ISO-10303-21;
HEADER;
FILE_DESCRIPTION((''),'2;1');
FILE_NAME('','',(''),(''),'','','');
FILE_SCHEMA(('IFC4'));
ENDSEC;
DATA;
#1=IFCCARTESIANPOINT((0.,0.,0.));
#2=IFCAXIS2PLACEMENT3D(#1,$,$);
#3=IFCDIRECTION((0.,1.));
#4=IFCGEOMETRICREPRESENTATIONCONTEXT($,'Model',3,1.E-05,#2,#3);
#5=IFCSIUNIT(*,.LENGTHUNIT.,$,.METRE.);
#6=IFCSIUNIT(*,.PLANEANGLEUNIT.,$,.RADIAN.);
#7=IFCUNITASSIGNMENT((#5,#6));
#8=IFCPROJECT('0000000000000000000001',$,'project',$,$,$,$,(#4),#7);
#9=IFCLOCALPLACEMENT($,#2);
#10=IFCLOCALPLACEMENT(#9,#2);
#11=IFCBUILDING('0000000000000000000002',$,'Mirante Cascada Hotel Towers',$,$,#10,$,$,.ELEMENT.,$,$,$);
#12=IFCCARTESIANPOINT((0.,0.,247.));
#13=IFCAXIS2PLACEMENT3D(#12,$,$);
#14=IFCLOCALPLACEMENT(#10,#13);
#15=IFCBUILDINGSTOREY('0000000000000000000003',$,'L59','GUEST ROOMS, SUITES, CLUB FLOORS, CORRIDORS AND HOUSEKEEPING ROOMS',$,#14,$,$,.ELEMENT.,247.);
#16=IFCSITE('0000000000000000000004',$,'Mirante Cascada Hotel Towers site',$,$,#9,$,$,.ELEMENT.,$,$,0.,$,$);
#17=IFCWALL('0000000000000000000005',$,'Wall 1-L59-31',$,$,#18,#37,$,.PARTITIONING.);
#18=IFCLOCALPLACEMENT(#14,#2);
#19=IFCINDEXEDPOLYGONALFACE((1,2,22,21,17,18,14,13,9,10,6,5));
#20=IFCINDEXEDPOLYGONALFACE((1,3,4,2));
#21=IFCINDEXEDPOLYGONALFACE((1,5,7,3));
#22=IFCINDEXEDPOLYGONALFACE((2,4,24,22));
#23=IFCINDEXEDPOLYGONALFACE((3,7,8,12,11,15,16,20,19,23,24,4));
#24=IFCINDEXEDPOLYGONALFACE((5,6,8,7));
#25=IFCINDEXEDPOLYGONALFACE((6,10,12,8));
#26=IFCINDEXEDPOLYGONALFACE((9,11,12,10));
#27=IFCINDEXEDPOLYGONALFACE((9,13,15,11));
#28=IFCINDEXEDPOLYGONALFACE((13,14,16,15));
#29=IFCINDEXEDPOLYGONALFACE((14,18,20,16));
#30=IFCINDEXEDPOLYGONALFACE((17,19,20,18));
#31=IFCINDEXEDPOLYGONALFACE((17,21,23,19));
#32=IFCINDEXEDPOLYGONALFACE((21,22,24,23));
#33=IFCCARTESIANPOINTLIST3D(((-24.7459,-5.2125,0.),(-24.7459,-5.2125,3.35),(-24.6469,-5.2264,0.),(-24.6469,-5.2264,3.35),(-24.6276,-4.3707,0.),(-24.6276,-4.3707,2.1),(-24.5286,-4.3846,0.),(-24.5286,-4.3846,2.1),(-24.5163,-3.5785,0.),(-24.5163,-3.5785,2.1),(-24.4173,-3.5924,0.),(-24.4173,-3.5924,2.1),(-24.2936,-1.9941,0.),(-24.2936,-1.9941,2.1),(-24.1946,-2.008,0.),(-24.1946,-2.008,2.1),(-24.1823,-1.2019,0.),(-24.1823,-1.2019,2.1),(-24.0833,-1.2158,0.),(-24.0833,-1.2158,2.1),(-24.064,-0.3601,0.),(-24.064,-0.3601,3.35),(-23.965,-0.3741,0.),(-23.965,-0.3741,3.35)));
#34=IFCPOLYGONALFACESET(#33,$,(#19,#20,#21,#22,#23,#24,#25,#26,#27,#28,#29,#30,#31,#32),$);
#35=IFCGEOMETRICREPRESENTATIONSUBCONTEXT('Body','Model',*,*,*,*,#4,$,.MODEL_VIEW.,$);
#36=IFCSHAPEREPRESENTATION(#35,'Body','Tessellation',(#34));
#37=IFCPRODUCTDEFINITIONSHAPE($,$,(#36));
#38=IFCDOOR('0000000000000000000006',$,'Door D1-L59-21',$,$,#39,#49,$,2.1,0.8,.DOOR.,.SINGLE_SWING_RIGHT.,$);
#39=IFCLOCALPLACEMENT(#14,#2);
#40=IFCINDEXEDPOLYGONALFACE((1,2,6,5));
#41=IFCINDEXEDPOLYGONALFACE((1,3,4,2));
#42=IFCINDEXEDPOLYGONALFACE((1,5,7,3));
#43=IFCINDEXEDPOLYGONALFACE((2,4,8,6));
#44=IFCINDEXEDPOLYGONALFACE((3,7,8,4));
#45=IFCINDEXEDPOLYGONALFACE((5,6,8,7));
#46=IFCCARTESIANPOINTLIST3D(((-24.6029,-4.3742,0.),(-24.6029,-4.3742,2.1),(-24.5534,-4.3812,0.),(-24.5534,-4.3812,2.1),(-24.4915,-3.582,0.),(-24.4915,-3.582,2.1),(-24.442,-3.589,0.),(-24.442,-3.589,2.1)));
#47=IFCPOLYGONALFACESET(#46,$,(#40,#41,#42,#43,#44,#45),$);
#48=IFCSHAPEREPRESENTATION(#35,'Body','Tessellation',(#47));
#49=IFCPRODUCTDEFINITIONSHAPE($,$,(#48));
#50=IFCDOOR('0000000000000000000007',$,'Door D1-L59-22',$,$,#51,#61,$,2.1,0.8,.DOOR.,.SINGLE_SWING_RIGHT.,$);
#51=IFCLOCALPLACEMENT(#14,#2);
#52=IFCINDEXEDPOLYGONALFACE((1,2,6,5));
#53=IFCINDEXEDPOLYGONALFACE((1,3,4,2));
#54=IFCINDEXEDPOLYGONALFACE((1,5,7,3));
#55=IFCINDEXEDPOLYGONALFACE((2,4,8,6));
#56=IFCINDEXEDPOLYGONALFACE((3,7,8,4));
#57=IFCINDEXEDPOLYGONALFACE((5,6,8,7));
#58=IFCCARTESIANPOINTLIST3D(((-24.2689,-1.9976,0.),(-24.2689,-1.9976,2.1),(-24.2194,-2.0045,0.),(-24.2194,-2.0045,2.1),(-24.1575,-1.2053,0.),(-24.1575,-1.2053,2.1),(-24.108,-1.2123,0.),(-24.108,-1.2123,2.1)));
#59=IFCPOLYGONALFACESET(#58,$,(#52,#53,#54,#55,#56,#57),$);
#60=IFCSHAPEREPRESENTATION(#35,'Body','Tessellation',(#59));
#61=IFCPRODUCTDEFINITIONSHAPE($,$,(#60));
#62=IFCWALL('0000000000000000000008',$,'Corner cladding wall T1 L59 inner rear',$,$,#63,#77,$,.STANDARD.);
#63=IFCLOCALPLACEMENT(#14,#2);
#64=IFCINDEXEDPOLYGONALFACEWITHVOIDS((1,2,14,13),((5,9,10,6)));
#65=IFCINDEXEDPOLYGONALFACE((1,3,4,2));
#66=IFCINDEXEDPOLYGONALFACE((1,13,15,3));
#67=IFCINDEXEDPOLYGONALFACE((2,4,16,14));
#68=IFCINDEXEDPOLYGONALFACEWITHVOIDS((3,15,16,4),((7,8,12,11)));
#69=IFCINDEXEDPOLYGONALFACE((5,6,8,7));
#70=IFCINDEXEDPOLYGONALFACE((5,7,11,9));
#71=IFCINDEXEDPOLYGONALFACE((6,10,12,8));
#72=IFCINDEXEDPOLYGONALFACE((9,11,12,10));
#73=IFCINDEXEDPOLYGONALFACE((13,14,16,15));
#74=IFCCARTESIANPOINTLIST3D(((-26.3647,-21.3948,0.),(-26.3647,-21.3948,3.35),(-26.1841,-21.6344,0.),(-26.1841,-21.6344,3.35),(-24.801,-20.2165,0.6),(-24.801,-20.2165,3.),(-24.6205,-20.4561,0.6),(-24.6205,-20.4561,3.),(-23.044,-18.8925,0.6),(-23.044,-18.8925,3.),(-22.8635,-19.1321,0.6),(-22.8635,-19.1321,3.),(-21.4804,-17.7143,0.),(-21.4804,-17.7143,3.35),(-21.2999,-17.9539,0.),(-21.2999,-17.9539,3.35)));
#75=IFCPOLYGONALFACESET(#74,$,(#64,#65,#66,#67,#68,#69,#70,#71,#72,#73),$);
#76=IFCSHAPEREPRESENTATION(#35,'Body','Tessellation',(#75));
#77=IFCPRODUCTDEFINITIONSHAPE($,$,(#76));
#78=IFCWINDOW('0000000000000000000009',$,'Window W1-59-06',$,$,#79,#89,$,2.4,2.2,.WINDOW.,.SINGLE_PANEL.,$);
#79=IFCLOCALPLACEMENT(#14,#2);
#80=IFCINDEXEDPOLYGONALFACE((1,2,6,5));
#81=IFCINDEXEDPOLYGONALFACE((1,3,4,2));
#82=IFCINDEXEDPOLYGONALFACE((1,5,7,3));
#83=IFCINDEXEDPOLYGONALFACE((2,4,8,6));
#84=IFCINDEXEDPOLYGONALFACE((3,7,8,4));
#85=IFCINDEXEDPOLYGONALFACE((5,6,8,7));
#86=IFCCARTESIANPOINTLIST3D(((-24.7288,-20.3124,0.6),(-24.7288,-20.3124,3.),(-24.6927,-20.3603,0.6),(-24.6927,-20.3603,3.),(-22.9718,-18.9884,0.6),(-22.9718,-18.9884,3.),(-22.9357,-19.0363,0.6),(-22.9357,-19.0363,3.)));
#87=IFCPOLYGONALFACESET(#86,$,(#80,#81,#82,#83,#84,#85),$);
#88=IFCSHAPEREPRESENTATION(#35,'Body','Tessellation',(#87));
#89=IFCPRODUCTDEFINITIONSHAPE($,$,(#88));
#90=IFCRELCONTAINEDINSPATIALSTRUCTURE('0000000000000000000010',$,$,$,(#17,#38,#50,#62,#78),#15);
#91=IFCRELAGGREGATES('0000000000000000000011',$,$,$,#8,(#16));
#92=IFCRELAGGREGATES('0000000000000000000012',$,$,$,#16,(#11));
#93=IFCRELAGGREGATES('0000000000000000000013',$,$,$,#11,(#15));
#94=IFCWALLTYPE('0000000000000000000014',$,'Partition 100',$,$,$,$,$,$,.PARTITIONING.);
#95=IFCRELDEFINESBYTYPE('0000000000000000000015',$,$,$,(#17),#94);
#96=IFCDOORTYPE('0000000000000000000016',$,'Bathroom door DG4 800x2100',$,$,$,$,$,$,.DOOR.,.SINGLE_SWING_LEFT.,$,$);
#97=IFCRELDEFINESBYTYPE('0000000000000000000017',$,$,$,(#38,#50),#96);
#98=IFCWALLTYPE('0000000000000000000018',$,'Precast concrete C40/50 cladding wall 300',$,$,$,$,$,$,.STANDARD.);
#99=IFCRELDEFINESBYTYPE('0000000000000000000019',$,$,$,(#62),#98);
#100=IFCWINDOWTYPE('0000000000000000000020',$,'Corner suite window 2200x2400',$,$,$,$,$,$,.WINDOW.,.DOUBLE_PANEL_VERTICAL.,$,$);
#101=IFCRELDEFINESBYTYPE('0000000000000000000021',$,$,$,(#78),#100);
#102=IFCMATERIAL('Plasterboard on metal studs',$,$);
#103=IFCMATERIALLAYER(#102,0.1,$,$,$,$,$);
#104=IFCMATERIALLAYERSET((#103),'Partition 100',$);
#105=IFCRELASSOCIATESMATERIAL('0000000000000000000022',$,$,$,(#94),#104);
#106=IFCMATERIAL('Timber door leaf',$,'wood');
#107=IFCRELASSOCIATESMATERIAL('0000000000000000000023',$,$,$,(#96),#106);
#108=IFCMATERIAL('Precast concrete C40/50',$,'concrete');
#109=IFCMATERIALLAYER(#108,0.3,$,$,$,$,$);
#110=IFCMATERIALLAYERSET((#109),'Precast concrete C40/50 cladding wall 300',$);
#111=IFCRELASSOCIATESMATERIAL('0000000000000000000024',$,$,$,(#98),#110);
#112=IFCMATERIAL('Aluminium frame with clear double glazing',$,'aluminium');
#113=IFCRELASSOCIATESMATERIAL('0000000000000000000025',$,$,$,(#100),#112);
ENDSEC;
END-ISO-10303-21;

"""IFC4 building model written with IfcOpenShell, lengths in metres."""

from ifc_helpers import new_model, si_unit, direction, frame, frame_2d, origin, place, context, subcontext, project, spatial, rectangle, extrude, material, layer, layer_set, type_object, element, fill, save


model = new_model("IFC4")

# Units and contexts
model_context = context("Model", 3, precision=1e-05, world=origin(), true_north=direction((0.0, 1.0)))
body_context = subcontext(model_context, "Body", "Model", "MODEL_VIEW")
ifc_project = project(units=[si_unit("LENGTHUNIT", "METRE"), si_unit("PLANEANGLEUNIT", "RADIAN")], contexts=[model_context])

# Site, building, storey
site_placement = place(None, origin())
site = spatial("IfcSite", under=ifc_project, at=site_placement, Name="Mirante Cascada Hotel Towers site", CompositionType="ELEMENT", RefElevation=0.0)
building_placement = place(site_placement, origin())
building = spatial("IfcBuilding", under=site, at=building_placement, Name="Mirante Cascada Hotel Towers", CompositionType="ELEMENT")
storey_placement = place(building_placement, frame((0.0, 0.0, 247.0)))
storey = spatial("IfcBuildingStorey", under=building, at=storey_placement, Name="L59", Description="GUEST ROOMS, SUITES, CLUB FLOORS, CORRIDORS AND HOUSEKEEPING ROOMS", CompositionType="ELEMENT", Elevation=247.0)

# Shared definitions
ifc_material_1 = material(Name="Plasterboard on metal studs")
ifc_layer_1 = layer(ifc_material_1, 0.1)
ifc_layer_set_1 = layer_set([ifc_layer_1], Name="Partition 100")
wall_type_1 = type_object("IfcWallType", Name="Partition 100", PredefinedType="PARTITIONING", material=ifc_layer_set_1)

# Shared definitions
ifc_material_2 = material(Name="Timber door leaf", Category="wood")
door_type_1 = type_object("IfcDoorType", Name="Bathroom door DG4 800x2100", OperationType="SINGLE_SWING_LEFT", PredefinedType="DOOR", material=ifc_material_2)

# Wall, openings, doors
wall_1_placement = place(storey_placement, frame((-24.0145, -0.3671, 0.0), z_axis=(0.0, 0.0, 1.0), x_axis=(-0.139164, -0.990269, 0.0)))
wall_1 = element("IfcWall", 1, at=wall_1_placement, inside=storey, type_object=wall_type_1, Name="Wall 1-L59-31", PredefinedType="PARTITIONING", context=body_context, shape_type="SweptSolid", body=[
    extrude(rectangle(XDim=4.9, YDim=0.1, at=frame_2d((2.45, 0.0))), origin(), (0.0, 0.0, 1.0), 3.35),
])
opening_1_placement = place(wall_1_placement, frame((3.25, 0.0, 0.0)))
opening_1 = element("IfcOpeningElement", 2, at=opening_1_placement, cuts=wall_1, PredefinedType="OPENING", context=body_context, shape_type="SweptSolid", body=[
    extrude(rectangle(XDim=0.8, YDim=2.1, at=frame_2d((0.4, 1.05))), frame((0.0, 0.05, 0.0), z_axis=(0.0, -1.0, 0.0), x_axis=(1.0, 0.0, 0.0)), (0.0, 0.0, 1.0), 0.1),
])
opening_2_placement = place(wall_1_placement, frame((0.85, 0.0, 0.0)))
opening_2 = element("IfcOpeningElement", 3, at=opening_2_placement, cuts=wall_1, PredefinedType="OPENING", context=body_context, shape_type="SweptSolid", body=[
    extrude(rectangle(XDim=0.8, YDim=2.1, at=frame_2d((0.4, 1.05))), frame((0.0, 0.05, 0.0), z_axis=(0.0, -1.0, 0.0), x_axis=(1.0, 0.0, 0.0)), (0.0, 0.0, 1.0), 0.1),
])
door_1_placement = place(opening_1_placement, frame((0.8, 0.0, 0.0), z_axis=(0.0, 0.0, 1.0), x_axis=(-1.0, 0.0, 0.0)))
door_1 = element("IfcDoor", 4, at=door_1_placement, inside=storey, type_object=door_type_1, Name="Door D1-L59-21", OperationType="SINGLE_SWING_RIGHT", OverallHeight=2.1, OverallWidth=0.8, PredefinedType="DOOR", context=body_context, shape_type="SweptSolid", body=[
    extrude(rectangle(XDim=0.8, YDim=2.1, at=frame_2d((0.4, 1.05))), frame((0.0, 0.025, 0.0), z_axis=(0.0, -1.0, 0.0), x_axis=(1.0, 0.0, 0.0)), (0.0, 0.0, 1.0), 0.05),
])
fill(opening_1, door_1)
door_2_placement = place(opening_2_placement, frame((0.8, 0.0, 0.0), z_axis=(0.0, 0.0, 1.0), x_axis=(-1.0, 0.0, 0.0)))
door_2 = element("IfcDoor", 5, at=door_2_placement, inside=storey, type_object=door_type_1, Name="Door D1-L59-22", OperationType="SINGLE_SWING_RIGHT", OverallHeight=2.1, OverallWidth=0.8, PredefinedType="DOOR", context=body_context, shape_type="SweptSolid", body=[
    extrude(rectangle(XDim=0.8, YDim=2.1, at=frame_2d((0.4, 1.05))), frame((0.0, 0.025, 0.0), z_axis=(0.0, -1.0, 0.0), x_axis=(1.0, 0.0, 0.0)), (0.0, 0.0, 1.0), 0.05),
])
fill(opening_2, door_2)

# Wall, opening, window
ifc_material_3 = material(Name="Precast concrete C40/50", Category="concrete")
ifc_layer_2 = layer(ifc_material_3, 0.3)
ifc_layer_set_2 = layer_set([ifc_layer_2], Name="Precast concrete C40/50 cladding wall 300")
wall_type_2 = type_object("IfcWallType", Name="Precast concrete C40/50 cladding wall 300", PredefinedType="STANDARD", material=ifc_layer_set_2)
wall_2_placement = place(storey_placement, frame((-21.3902, -17.8341, 0.0), z_axis=(0.0, 0.0, 1.0), x_axis=(-0.798636, -0.601814, 0.0)))
wall_2 = element("IfcWall", 6, at=wall_2_placement, inside=storey, type_object=wall_type_2, Name="Corner cladding wall T1 L59 inner rear", PredefinedType="STANDARD", context=body_context, shape_type="SweptSolid", body=[
    extrude(rectangle(XDim=6.1157, YDim=0.3, at=frame_2d((3.0578, 0.0))), origin(), (0.0, 0.0, 1.0), 3.35),
])
opening_3_placement = place(wall_2_placement, frame((1.9578, 0.0, 0.6)))
opening_3 = element("IfcOpeningElement", 7, at=opening_3_placement, cuts=wall_2, PredefinedType="OPENING", context=body_context, shape_type="SweptSolid", body=[
    extrude(rectangle(XDim=2.2, YDim=2.4, at=frame_2d((1.1, 1.2))), frame((0.0, 0.15, 0.0), z_axis=(0.0, -1.0, 0.0), x_axis=(1.0, 0.0, 0.0)), (0.0, 0.0, 1.0), 0.3),
])
ifc_material_4 = material(Name="Aluminium frame with clear double glazing", Category="aluminium")
window_type = type_object("IfcWindowType", Name="Corner suite window 2200x2400", PartitioningType="DOUBLE_PANEL_VERTICAL", PredefinedType="WINDOW", material=ifc_material_4)
window_placement = place(opening_3_placement, origin())
window = element("IfcWindow", 8, at=window_placement, inside=storey, type_object=window_type, Name="Window W1-59-06", OverallHeight=2.4, OverallWidth=2.2, PartitioningType="SINGLE_PANEL", PredefinedType="WINDOW", context=body_context, shape_type="SweptSolid", body=[
    extrude(rectangle(XDim=2.2, YDim=2.4, at=frame_2d((1.1, 1.2))), frame((0.0, 0.03, 0.0), z_axis=(0.0, -1.0, 0.0), x_axis=(1.0, 0.0, 0.0)), (0.0, 0.0, 1.0), 0.06),
])
fill(opening_3, window)

save(model, "model.ifc")
